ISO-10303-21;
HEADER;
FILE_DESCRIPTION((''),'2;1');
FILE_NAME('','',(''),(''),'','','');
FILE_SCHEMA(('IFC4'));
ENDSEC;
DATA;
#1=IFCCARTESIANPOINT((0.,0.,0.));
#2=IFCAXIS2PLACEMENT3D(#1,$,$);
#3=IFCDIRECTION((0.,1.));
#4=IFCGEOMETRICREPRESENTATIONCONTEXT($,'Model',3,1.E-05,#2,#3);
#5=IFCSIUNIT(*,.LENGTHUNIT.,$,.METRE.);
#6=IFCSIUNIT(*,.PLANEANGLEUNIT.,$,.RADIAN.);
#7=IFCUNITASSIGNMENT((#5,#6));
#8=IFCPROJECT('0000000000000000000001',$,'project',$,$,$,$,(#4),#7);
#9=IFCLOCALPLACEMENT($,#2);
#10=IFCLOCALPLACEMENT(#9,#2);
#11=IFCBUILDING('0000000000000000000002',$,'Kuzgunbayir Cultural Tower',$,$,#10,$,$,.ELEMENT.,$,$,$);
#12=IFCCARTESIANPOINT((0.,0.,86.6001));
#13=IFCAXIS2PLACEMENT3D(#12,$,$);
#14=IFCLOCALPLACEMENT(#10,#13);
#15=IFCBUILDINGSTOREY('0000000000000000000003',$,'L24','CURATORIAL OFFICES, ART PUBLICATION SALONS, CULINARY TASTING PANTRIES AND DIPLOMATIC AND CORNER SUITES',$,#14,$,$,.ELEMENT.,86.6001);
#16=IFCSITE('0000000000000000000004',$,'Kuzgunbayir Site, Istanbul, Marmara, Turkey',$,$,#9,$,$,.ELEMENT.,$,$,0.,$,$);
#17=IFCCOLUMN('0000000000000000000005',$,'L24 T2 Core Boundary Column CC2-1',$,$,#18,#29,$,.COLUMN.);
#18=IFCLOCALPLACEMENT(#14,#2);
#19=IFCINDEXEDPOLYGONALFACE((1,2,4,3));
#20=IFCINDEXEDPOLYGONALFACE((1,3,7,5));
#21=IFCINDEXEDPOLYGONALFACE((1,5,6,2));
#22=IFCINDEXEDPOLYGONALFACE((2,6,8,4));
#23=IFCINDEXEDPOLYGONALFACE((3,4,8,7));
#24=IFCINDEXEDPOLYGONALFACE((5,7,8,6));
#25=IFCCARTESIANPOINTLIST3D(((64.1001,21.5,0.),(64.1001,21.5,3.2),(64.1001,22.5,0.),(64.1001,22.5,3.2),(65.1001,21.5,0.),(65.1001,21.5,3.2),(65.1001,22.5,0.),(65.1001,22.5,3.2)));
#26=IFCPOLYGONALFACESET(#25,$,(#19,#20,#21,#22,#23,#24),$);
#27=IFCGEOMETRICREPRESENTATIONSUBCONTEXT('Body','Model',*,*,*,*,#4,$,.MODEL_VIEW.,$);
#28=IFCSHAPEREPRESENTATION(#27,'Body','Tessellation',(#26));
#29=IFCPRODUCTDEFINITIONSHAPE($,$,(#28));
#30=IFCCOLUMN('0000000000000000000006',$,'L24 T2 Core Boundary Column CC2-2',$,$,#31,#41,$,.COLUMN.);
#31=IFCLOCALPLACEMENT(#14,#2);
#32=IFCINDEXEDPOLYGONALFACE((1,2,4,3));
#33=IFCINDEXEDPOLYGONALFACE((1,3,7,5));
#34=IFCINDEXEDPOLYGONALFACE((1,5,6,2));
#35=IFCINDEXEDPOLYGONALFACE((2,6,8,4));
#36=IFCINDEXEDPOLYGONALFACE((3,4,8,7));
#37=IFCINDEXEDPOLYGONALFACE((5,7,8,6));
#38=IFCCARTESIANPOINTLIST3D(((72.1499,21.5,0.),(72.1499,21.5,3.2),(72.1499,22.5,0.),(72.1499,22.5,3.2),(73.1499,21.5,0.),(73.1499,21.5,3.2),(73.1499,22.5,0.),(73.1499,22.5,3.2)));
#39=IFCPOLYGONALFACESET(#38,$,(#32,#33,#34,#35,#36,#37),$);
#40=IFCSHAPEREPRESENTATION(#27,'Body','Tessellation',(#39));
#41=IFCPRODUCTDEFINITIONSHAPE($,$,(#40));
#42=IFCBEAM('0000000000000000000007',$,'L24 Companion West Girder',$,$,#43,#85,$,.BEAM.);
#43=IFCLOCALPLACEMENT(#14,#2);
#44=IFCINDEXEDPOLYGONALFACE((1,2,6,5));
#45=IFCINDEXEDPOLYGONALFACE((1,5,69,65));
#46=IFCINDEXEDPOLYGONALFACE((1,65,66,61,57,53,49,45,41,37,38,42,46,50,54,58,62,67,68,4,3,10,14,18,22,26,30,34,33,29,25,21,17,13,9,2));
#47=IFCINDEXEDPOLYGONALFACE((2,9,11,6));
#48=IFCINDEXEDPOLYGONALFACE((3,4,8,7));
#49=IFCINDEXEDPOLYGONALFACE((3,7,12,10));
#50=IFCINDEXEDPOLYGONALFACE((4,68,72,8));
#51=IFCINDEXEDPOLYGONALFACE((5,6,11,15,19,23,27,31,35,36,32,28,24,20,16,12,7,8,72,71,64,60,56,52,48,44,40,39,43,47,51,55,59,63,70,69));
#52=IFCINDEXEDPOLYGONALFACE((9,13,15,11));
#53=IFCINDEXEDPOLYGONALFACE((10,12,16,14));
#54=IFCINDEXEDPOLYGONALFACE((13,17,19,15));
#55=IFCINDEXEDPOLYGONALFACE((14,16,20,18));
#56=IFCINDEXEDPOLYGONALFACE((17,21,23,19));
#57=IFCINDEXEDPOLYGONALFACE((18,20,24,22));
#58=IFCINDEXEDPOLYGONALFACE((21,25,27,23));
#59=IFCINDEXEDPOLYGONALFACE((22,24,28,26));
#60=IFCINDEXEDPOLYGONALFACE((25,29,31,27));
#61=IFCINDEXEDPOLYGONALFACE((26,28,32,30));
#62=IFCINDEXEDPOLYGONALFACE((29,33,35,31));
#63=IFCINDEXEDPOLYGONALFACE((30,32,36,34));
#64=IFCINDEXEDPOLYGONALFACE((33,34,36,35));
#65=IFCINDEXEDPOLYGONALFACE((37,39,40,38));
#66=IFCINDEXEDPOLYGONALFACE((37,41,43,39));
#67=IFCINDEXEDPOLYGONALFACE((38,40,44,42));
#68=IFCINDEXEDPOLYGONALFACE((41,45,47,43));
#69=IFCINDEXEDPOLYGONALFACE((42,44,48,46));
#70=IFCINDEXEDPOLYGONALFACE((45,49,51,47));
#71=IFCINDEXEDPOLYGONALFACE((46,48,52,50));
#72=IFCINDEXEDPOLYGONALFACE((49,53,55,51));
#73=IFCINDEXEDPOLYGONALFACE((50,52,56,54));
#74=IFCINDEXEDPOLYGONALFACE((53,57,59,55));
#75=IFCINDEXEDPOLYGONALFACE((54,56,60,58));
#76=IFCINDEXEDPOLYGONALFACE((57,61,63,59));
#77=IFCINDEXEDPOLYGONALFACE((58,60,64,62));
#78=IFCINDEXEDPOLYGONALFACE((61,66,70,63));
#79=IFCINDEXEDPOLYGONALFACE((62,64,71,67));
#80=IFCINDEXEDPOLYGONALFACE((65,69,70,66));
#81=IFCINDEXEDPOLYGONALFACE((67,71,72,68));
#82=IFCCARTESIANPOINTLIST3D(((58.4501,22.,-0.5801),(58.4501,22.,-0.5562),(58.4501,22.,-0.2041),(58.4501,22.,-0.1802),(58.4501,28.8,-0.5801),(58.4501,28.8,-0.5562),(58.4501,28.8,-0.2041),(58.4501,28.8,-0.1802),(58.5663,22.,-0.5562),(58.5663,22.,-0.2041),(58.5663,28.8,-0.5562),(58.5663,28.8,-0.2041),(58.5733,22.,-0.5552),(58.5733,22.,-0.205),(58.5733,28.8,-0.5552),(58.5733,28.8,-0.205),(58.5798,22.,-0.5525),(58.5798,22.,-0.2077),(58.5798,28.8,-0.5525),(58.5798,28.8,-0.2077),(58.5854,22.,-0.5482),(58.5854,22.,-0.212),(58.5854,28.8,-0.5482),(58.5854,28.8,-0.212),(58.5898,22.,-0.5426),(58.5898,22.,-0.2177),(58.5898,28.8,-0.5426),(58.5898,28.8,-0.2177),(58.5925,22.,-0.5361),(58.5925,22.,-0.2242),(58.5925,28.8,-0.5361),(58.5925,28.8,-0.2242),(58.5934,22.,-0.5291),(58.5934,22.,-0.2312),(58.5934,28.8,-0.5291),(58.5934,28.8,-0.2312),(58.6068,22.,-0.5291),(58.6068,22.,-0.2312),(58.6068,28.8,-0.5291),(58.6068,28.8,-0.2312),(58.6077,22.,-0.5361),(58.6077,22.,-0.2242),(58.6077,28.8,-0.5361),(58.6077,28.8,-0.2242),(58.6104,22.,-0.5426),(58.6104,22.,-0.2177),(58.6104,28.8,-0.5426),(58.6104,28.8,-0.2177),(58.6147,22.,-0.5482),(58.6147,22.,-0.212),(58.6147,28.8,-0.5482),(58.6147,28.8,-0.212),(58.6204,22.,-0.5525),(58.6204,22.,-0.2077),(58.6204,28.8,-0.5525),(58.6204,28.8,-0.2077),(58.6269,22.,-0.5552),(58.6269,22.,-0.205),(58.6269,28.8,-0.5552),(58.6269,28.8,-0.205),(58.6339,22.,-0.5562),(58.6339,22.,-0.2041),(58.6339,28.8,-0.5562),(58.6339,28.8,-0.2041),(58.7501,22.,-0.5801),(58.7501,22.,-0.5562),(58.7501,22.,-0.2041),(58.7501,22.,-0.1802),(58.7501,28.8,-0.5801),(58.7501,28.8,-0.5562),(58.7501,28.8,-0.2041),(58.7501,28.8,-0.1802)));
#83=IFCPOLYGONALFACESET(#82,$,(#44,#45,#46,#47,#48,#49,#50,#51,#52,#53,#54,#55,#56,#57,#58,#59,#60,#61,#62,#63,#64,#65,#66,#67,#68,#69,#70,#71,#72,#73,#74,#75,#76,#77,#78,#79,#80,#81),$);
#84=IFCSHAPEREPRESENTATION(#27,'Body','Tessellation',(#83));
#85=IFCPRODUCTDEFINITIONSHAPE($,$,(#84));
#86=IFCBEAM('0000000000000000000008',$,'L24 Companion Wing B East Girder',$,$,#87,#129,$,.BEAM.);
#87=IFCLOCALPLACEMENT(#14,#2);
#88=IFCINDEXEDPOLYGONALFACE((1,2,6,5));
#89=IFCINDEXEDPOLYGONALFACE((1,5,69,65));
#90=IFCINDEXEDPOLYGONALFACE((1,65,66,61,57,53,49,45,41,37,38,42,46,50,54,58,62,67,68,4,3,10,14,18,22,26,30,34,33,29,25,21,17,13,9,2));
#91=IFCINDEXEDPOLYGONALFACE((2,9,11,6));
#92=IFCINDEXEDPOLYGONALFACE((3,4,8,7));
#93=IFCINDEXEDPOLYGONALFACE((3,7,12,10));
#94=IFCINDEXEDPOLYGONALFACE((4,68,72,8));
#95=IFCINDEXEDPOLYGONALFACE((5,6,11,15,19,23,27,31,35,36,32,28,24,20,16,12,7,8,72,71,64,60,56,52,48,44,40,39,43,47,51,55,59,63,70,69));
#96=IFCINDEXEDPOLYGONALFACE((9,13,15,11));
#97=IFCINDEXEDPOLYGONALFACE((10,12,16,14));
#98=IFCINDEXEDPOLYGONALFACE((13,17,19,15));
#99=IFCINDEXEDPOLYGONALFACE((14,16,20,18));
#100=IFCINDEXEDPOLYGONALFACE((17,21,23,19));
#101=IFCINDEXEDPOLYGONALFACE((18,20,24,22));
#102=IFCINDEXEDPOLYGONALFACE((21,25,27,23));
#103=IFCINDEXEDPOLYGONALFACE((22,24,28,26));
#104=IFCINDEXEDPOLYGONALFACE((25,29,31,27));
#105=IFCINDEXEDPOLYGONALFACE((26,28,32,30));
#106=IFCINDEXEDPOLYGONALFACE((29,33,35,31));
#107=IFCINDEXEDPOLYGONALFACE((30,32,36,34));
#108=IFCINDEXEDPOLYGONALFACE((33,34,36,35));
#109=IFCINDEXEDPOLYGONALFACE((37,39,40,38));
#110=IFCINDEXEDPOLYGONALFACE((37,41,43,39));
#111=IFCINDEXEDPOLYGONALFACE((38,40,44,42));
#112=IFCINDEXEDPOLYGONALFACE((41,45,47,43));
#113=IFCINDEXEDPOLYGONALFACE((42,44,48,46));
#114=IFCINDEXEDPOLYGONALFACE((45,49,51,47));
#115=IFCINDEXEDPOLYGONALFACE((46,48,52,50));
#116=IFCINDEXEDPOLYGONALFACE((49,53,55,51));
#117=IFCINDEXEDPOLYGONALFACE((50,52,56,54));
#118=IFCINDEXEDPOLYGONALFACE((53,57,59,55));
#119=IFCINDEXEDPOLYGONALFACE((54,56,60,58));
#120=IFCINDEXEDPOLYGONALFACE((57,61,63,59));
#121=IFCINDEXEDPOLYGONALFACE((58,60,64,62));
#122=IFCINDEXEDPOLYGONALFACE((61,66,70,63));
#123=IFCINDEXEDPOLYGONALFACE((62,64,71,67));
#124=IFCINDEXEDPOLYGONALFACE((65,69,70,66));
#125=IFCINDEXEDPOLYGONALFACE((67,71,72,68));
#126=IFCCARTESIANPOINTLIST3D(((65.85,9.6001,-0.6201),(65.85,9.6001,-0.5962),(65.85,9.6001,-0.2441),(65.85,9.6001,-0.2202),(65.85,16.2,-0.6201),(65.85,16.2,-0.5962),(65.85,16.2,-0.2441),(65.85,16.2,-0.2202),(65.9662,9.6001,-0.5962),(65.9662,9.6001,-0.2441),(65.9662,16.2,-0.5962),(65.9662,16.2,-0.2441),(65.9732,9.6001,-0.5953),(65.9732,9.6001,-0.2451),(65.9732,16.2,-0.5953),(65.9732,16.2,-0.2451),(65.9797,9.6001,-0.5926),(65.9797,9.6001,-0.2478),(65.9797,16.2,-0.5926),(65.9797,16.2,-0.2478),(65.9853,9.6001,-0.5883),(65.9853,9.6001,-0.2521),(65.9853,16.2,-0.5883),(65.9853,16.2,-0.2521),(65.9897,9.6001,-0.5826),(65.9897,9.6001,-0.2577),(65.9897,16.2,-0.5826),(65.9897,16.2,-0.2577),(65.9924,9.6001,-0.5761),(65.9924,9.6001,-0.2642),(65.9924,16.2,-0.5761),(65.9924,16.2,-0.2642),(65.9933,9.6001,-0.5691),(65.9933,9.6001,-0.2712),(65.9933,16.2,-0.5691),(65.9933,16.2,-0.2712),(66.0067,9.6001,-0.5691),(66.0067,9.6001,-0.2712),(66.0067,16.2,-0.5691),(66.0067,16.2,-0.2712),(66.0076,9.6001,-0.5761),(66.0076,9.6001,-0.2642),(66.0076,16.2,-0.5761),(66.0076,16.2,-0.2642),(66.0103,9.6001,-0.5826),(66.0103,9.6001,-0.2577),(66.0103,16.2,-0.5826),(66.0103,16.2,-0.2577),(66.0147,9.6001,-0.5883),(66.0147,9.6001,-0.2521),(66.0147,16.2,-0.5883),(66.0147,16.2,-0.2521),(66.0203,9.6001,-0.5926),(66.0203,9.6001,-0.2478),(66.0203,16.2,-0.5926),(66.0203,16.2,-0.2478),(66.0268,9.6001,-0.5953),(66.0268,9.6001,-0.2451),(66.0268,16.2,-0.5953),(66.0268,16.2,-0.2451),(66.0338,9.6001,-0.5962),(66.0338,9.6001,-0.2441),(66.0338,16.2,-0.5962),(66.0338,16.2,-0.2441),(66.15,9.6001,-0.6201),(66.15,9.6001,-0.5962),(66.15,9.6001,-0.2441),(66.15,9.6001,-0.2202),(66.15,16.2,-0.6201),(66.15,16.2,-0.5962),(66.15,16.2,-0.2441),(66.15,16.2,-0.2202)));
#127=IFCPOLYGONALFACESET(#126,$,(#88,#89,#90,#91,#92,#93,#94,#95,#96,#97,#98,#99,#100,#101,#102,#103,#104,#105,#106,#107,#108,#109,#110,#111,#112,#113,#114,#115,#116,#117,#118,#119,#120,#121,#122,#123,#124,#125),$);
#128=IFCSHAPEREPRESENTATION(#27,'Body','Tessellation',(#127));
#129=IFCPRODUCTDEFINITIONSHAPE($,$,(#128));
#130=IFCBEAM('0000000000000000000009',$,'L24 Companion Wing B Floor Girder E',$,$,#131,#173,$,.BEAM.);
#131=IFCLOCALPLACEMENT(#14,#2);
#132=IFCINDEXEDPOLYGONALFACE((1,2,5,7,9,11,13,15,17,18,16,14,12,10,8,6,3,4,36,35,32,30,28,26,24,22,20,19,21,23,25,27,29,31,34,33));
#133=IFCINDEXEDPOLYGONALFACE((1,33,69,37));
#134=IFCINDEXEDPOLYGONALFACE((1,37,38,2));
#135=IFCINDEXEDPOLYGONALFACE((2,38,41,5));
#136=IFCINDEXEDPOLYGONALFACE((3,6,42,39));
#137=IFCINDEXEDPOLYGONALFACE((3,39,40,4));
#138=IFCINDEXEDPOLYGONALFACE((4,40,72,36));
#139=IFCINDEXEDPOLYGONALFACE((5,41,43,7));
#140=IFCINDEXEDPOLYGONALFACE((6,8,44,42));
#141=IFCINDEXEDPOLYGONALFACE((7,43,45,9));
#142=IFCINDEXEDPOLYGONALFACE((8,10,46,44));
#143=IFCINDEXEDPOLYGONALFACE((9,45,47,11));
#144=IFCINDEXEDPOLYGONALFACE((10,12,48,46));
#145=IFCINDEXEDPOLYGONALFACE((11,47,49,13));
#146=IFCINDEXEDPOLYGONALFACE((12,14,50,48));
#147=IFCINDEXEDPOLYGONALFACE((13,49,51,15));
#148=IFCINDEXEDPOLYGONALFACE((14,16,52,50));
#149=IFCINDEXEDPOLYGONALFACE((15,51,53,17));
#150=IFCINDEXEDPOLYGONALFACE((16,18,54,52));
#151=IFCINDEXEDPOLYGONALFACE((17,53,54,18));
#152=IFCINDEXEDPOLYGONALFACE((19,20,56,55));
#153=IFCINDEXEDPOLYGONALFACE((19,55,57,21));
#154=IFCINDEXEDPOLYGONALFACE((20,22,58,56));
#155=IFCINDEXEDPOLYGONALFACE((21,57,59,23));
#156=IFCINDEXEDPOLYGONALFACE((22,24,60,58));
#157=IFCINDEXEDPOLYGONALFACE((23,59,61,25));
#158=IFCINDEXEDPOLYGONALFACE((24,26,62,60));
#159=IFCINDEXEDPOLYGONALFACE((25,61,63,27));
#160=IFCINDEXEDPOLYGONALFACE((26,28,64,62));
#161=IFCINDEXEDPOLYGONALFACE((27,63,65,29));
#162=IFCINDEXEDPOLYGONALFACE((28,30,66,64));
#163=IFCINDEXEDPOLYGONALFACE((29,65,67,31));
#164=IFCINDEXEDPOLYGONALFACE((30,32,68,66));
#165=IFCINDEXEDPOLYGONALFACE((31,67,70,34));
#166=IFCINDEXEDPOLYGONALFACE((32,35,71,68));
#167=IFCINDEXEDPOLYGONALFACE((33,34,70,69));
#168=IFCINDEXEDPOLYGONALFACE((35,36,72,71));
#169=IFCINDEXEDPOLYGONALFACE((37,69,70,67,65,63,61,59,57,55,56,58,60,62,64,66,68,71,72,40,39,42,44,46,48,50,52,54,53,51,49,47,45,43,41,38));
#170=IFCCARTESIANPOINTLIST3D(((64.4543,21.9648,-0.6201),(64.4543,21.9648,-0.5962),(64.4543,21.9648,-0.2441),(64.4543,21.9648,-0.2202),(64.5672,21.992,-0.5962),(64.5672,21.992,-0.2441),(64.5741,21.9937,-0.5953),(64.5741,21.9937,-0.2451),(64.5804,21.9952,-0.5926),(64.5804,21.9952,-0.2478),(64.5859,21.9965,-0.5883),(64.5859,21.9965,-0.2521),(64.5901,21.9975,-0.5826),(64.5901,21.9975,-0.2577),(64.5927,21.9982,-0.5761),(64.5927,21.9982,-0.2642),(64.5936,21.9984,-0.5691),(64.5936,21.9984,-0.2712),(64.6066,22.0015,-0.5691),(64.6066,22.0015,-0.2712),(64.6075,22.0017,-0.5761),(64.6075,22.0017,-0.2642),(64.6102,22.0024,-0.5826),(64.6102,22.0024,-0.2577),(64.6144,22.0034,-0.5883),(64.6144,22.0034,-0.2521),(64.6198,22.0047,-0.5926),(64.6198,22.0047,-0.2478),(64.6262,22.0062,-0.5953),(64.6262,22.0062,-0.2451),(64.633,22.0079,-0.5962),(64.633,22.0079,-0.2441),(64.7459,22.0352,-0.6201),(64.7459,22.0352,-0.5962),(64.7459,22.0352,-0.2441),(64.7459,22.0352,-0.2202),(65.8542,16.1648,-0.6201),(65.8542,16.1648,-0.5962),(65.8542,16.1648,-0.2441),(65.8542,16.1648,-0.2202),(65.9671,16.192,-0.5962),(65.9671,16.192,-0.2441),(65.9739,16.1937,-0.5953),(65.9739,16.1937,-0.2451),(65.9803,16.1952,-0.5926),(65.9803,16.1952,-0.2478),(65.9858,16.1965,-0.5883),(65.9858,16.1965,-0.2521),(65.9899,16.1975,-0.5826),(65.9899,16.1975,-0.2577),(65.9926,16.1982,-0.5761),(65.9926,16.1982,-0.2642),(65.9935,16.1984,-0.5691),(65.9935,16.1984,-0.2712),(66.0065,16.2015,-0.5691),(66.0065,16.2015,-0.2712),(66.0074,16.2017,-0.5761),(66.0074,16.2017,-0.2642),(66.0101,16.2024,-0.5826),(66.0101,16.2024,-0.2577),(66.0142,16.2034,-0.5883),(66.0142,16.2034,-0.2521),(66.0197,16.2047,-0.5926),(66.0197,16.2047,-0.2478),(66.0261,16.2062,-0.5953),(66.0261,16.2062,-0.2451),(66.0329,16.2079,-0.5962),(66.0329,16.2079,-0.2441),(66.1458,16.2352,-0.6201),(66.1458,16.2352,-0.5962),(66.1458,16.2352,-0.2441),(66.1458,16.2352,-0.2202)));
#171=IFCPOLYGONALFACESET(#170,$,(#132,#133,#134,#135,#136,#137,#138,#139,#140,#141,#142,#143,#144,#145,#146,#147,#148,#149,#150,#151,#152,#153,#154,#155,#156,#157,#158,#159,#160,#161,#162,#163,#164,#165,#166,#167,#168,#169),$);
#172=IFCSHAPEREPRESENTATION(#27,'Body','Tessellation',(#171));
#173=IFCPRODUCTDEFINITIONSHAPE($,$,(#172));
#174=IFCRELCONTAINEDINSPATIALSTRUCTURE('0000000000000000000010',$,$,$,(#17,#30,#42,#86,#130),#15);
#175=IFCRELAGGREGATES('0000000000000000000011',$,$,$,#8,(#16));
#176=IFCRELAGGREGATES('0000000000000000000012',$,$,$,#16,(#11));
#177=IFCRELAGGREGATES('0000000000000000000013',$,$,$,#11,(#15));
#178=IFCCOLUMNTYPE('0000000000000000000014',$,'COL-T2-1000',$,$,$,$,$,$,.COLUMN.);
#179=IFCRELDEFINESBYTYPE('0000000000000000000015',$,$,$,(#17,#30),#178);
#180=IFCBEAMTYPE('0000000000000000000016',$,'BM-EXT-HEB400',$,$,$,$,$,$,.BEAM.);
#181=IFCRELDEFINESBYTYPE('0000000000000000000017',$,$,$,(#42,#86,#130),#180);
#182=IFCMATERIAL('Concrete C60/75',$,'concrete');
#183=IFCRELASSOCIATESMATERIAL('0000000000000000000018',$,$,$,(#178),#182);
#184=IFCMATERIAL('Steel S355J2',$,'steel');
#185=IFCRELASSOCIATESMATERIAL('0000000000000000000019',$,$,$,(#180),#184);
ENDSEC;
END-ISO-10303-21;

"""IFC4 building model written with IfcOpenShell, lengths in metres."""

from ifc_helpers import new_model, si_unit, direction, frame, origin, origin_2d, place, context, subcontext, project, spatial, rectangle, i_section, extrude, material, material_profile, profile_set, type_object, element, save


model = new_model("IFC4")

# Units and contexts
model_context = context("Model", 3, precision=1e-05, world=origin(), true_north=direction((0.0, 1.0)))
body_context = subcontext(model_context, "Body", "Model", "MODEL_VIEW")
ifc_project = project(units=[si_unit("LENGTHUNIT", "METRE"), si_unit("PLANEANGLEUNIT", "RADIAN")], contexts=[model_context])

# Site, building, storey
site_placement = place(None, origin())
site = spatial("IfcSite", under=ifc_project, at=site_placement, Name="Kuzgunbayir Site, Istanbul, Marmara, Turkey", CompositionType="ELEMENT", RefElevation=0.0)
building_placement = place(site_placement, origin())
building = spatial("IfcBuilding", under=site, at=building_placement, Name="Kuzgunbayir Cultural Tower", CompositionType="ELEMENT")
storey_placement = place(building_placement, frame((0.0, 0.0, 86.6001)))
storey = spatial("IfcBuildingStorey", under=building, at=storey_placement, Name="L24", Description="CURATORIAL OFFICES, ART PUBLICATION SALONS, CULINARY TASTING PANTRIES AND DIPLOMATIC AND CORNER SUITES", CompositionType="ELEMENT", Elevation=86.6001)

# Columns
ifc_material_1 = material(Name="Concrete C60/75", Category="concrete")
ifc_material_profile_1 = material_profile(ifc_material_1, rectangle(XDim=1.0, YDim=1.0, at=origin_2d()), Name="RC 1000x1000")
ifc_profile_set_1 = profile_set([ifc_material_profile_1], Name="Concrete C60/75")
column_type = type_object("IfcColumnType", Name="COL-T2-1000", PredefinedType="COLUMN", material=ifc_profile_set_1)
for number, where, z_axis, x_axis, name in (
    (1, (64.6001, 22.0, 0.0), (0.0, 0.0, 1.0), (1.0, 0.0, 0.0), "L24 T2 Core Boundary Column CC2-1"),
    (2, (72.6499, 22.0, 0.0), (0.0, 0.0, 1.0), (1.0, 0.0, 0.0), "L24 T2 Core Boundary Column CC2-2"),
):
    element("IfcColumn", number, at=place(storey_placement, frame(where, z_axis=z_axis, x_axis=x_axis)), inside=storey, type_object=column_type, Name=name, PredefinedType="COLUMN", context=body_context, shape_type="SweptSolid", body=[
        extrude(rectangle(XDim=1.0, YDim=1.0, at=origin_2d()), origin(), (0.0, 0.0, 1.0), 3.2),
    ])

# Beams
ifc_material_2 = material(Name="Steel S355J2", Category="steel")
ifc_material_profile_2 = material_profile(ifc_material_2, i_section(OverallWidth=0.3, OverallDepth=0.3999, WebThickness=0.0134, FlangeThickness=0.0239, FilletRadius=0.0271, at=origin_2d()), Name="HEB 400")
ifc_profile_set_2 = profile_set([ifc_material_profile_2], Name="Steel S355J2")
beam_type_1 = type_object("IfcBeamType", Name="BM-EXT-HEB400", PredefinedType="BEAM", material=ifc_profile_set_2)
beam_1_placement = place(storey_placement, frame((58.6001, 22.0, -0.3801), z_axis=(0.0, 1.0, 0.0), x_axis=(-1.0, 0.0, 0.0)))
element("IfcBeam", 3, at=beam_1_placement, inside=storey, type_object=beam_type_1, Name="L24 Companion West Girder", PredefinedType="BEAM", context=body_context, shape_type="SweptSolid", body=[
    extrude(i_section(OverallWidth=0.3, OverallDepth=0.3999, WebThickness=0.0134, FlangeThickness=0.0239, FilletRadius=0.0271, at=origin_2d()), origin(), (0.0, 0.0, 1.0), 6.8),
])
beam_2_placement = place(storey_placement, frame((66.0, 9.6001, -0.4202), z_axis=(0.0, 1.0, 0.0), x_axis=(-1.0, 0.0, 0.0)))
element("IfcBeam", 4, at=beam_2_placement, inside=storey, type_object=beam_type_1, Name="L24 Companion Wing B East Girder", PredefinedType="BEAM", context=body_context, shape_type="SweptSolid", body=[
    extrude(i_section(OverallWidth=0.3, OverallDepth=0.3999, WebThickness=0.0134, FlangeThickness=0.0239, FilletRadius=0.0271, at=origin_2d()), origin(), (0.0, 0.0, 1.0), 6.5999),
])
beam_3_placement = place(storey_placement, frame((66.0, 16.2, -0.4202), z_axis=(-0.234623, 0.972086, 0.0), x_axis=(-0.972086, -0.234623, 0.0)))
element("IfcBeam", 5, at=beam_3_placement, inside=storey, type_object=beam_type_1, Name="L24 Companion Wing B Floor Girder E", PredefinedType="BEAM", context=body_context, shape_type="SweptSolid", body=[
    extrude(i_section(OverallWidth=0.3, OverallDepth=0.3999, WebThickness=0.0134, FlangeThickness=0.0239, FilletRadius=0.0271, at=origin_2d()), origin(), (0.0, 0.0, 1.0), 5.9666),
])

save(model, "model.ifc")
